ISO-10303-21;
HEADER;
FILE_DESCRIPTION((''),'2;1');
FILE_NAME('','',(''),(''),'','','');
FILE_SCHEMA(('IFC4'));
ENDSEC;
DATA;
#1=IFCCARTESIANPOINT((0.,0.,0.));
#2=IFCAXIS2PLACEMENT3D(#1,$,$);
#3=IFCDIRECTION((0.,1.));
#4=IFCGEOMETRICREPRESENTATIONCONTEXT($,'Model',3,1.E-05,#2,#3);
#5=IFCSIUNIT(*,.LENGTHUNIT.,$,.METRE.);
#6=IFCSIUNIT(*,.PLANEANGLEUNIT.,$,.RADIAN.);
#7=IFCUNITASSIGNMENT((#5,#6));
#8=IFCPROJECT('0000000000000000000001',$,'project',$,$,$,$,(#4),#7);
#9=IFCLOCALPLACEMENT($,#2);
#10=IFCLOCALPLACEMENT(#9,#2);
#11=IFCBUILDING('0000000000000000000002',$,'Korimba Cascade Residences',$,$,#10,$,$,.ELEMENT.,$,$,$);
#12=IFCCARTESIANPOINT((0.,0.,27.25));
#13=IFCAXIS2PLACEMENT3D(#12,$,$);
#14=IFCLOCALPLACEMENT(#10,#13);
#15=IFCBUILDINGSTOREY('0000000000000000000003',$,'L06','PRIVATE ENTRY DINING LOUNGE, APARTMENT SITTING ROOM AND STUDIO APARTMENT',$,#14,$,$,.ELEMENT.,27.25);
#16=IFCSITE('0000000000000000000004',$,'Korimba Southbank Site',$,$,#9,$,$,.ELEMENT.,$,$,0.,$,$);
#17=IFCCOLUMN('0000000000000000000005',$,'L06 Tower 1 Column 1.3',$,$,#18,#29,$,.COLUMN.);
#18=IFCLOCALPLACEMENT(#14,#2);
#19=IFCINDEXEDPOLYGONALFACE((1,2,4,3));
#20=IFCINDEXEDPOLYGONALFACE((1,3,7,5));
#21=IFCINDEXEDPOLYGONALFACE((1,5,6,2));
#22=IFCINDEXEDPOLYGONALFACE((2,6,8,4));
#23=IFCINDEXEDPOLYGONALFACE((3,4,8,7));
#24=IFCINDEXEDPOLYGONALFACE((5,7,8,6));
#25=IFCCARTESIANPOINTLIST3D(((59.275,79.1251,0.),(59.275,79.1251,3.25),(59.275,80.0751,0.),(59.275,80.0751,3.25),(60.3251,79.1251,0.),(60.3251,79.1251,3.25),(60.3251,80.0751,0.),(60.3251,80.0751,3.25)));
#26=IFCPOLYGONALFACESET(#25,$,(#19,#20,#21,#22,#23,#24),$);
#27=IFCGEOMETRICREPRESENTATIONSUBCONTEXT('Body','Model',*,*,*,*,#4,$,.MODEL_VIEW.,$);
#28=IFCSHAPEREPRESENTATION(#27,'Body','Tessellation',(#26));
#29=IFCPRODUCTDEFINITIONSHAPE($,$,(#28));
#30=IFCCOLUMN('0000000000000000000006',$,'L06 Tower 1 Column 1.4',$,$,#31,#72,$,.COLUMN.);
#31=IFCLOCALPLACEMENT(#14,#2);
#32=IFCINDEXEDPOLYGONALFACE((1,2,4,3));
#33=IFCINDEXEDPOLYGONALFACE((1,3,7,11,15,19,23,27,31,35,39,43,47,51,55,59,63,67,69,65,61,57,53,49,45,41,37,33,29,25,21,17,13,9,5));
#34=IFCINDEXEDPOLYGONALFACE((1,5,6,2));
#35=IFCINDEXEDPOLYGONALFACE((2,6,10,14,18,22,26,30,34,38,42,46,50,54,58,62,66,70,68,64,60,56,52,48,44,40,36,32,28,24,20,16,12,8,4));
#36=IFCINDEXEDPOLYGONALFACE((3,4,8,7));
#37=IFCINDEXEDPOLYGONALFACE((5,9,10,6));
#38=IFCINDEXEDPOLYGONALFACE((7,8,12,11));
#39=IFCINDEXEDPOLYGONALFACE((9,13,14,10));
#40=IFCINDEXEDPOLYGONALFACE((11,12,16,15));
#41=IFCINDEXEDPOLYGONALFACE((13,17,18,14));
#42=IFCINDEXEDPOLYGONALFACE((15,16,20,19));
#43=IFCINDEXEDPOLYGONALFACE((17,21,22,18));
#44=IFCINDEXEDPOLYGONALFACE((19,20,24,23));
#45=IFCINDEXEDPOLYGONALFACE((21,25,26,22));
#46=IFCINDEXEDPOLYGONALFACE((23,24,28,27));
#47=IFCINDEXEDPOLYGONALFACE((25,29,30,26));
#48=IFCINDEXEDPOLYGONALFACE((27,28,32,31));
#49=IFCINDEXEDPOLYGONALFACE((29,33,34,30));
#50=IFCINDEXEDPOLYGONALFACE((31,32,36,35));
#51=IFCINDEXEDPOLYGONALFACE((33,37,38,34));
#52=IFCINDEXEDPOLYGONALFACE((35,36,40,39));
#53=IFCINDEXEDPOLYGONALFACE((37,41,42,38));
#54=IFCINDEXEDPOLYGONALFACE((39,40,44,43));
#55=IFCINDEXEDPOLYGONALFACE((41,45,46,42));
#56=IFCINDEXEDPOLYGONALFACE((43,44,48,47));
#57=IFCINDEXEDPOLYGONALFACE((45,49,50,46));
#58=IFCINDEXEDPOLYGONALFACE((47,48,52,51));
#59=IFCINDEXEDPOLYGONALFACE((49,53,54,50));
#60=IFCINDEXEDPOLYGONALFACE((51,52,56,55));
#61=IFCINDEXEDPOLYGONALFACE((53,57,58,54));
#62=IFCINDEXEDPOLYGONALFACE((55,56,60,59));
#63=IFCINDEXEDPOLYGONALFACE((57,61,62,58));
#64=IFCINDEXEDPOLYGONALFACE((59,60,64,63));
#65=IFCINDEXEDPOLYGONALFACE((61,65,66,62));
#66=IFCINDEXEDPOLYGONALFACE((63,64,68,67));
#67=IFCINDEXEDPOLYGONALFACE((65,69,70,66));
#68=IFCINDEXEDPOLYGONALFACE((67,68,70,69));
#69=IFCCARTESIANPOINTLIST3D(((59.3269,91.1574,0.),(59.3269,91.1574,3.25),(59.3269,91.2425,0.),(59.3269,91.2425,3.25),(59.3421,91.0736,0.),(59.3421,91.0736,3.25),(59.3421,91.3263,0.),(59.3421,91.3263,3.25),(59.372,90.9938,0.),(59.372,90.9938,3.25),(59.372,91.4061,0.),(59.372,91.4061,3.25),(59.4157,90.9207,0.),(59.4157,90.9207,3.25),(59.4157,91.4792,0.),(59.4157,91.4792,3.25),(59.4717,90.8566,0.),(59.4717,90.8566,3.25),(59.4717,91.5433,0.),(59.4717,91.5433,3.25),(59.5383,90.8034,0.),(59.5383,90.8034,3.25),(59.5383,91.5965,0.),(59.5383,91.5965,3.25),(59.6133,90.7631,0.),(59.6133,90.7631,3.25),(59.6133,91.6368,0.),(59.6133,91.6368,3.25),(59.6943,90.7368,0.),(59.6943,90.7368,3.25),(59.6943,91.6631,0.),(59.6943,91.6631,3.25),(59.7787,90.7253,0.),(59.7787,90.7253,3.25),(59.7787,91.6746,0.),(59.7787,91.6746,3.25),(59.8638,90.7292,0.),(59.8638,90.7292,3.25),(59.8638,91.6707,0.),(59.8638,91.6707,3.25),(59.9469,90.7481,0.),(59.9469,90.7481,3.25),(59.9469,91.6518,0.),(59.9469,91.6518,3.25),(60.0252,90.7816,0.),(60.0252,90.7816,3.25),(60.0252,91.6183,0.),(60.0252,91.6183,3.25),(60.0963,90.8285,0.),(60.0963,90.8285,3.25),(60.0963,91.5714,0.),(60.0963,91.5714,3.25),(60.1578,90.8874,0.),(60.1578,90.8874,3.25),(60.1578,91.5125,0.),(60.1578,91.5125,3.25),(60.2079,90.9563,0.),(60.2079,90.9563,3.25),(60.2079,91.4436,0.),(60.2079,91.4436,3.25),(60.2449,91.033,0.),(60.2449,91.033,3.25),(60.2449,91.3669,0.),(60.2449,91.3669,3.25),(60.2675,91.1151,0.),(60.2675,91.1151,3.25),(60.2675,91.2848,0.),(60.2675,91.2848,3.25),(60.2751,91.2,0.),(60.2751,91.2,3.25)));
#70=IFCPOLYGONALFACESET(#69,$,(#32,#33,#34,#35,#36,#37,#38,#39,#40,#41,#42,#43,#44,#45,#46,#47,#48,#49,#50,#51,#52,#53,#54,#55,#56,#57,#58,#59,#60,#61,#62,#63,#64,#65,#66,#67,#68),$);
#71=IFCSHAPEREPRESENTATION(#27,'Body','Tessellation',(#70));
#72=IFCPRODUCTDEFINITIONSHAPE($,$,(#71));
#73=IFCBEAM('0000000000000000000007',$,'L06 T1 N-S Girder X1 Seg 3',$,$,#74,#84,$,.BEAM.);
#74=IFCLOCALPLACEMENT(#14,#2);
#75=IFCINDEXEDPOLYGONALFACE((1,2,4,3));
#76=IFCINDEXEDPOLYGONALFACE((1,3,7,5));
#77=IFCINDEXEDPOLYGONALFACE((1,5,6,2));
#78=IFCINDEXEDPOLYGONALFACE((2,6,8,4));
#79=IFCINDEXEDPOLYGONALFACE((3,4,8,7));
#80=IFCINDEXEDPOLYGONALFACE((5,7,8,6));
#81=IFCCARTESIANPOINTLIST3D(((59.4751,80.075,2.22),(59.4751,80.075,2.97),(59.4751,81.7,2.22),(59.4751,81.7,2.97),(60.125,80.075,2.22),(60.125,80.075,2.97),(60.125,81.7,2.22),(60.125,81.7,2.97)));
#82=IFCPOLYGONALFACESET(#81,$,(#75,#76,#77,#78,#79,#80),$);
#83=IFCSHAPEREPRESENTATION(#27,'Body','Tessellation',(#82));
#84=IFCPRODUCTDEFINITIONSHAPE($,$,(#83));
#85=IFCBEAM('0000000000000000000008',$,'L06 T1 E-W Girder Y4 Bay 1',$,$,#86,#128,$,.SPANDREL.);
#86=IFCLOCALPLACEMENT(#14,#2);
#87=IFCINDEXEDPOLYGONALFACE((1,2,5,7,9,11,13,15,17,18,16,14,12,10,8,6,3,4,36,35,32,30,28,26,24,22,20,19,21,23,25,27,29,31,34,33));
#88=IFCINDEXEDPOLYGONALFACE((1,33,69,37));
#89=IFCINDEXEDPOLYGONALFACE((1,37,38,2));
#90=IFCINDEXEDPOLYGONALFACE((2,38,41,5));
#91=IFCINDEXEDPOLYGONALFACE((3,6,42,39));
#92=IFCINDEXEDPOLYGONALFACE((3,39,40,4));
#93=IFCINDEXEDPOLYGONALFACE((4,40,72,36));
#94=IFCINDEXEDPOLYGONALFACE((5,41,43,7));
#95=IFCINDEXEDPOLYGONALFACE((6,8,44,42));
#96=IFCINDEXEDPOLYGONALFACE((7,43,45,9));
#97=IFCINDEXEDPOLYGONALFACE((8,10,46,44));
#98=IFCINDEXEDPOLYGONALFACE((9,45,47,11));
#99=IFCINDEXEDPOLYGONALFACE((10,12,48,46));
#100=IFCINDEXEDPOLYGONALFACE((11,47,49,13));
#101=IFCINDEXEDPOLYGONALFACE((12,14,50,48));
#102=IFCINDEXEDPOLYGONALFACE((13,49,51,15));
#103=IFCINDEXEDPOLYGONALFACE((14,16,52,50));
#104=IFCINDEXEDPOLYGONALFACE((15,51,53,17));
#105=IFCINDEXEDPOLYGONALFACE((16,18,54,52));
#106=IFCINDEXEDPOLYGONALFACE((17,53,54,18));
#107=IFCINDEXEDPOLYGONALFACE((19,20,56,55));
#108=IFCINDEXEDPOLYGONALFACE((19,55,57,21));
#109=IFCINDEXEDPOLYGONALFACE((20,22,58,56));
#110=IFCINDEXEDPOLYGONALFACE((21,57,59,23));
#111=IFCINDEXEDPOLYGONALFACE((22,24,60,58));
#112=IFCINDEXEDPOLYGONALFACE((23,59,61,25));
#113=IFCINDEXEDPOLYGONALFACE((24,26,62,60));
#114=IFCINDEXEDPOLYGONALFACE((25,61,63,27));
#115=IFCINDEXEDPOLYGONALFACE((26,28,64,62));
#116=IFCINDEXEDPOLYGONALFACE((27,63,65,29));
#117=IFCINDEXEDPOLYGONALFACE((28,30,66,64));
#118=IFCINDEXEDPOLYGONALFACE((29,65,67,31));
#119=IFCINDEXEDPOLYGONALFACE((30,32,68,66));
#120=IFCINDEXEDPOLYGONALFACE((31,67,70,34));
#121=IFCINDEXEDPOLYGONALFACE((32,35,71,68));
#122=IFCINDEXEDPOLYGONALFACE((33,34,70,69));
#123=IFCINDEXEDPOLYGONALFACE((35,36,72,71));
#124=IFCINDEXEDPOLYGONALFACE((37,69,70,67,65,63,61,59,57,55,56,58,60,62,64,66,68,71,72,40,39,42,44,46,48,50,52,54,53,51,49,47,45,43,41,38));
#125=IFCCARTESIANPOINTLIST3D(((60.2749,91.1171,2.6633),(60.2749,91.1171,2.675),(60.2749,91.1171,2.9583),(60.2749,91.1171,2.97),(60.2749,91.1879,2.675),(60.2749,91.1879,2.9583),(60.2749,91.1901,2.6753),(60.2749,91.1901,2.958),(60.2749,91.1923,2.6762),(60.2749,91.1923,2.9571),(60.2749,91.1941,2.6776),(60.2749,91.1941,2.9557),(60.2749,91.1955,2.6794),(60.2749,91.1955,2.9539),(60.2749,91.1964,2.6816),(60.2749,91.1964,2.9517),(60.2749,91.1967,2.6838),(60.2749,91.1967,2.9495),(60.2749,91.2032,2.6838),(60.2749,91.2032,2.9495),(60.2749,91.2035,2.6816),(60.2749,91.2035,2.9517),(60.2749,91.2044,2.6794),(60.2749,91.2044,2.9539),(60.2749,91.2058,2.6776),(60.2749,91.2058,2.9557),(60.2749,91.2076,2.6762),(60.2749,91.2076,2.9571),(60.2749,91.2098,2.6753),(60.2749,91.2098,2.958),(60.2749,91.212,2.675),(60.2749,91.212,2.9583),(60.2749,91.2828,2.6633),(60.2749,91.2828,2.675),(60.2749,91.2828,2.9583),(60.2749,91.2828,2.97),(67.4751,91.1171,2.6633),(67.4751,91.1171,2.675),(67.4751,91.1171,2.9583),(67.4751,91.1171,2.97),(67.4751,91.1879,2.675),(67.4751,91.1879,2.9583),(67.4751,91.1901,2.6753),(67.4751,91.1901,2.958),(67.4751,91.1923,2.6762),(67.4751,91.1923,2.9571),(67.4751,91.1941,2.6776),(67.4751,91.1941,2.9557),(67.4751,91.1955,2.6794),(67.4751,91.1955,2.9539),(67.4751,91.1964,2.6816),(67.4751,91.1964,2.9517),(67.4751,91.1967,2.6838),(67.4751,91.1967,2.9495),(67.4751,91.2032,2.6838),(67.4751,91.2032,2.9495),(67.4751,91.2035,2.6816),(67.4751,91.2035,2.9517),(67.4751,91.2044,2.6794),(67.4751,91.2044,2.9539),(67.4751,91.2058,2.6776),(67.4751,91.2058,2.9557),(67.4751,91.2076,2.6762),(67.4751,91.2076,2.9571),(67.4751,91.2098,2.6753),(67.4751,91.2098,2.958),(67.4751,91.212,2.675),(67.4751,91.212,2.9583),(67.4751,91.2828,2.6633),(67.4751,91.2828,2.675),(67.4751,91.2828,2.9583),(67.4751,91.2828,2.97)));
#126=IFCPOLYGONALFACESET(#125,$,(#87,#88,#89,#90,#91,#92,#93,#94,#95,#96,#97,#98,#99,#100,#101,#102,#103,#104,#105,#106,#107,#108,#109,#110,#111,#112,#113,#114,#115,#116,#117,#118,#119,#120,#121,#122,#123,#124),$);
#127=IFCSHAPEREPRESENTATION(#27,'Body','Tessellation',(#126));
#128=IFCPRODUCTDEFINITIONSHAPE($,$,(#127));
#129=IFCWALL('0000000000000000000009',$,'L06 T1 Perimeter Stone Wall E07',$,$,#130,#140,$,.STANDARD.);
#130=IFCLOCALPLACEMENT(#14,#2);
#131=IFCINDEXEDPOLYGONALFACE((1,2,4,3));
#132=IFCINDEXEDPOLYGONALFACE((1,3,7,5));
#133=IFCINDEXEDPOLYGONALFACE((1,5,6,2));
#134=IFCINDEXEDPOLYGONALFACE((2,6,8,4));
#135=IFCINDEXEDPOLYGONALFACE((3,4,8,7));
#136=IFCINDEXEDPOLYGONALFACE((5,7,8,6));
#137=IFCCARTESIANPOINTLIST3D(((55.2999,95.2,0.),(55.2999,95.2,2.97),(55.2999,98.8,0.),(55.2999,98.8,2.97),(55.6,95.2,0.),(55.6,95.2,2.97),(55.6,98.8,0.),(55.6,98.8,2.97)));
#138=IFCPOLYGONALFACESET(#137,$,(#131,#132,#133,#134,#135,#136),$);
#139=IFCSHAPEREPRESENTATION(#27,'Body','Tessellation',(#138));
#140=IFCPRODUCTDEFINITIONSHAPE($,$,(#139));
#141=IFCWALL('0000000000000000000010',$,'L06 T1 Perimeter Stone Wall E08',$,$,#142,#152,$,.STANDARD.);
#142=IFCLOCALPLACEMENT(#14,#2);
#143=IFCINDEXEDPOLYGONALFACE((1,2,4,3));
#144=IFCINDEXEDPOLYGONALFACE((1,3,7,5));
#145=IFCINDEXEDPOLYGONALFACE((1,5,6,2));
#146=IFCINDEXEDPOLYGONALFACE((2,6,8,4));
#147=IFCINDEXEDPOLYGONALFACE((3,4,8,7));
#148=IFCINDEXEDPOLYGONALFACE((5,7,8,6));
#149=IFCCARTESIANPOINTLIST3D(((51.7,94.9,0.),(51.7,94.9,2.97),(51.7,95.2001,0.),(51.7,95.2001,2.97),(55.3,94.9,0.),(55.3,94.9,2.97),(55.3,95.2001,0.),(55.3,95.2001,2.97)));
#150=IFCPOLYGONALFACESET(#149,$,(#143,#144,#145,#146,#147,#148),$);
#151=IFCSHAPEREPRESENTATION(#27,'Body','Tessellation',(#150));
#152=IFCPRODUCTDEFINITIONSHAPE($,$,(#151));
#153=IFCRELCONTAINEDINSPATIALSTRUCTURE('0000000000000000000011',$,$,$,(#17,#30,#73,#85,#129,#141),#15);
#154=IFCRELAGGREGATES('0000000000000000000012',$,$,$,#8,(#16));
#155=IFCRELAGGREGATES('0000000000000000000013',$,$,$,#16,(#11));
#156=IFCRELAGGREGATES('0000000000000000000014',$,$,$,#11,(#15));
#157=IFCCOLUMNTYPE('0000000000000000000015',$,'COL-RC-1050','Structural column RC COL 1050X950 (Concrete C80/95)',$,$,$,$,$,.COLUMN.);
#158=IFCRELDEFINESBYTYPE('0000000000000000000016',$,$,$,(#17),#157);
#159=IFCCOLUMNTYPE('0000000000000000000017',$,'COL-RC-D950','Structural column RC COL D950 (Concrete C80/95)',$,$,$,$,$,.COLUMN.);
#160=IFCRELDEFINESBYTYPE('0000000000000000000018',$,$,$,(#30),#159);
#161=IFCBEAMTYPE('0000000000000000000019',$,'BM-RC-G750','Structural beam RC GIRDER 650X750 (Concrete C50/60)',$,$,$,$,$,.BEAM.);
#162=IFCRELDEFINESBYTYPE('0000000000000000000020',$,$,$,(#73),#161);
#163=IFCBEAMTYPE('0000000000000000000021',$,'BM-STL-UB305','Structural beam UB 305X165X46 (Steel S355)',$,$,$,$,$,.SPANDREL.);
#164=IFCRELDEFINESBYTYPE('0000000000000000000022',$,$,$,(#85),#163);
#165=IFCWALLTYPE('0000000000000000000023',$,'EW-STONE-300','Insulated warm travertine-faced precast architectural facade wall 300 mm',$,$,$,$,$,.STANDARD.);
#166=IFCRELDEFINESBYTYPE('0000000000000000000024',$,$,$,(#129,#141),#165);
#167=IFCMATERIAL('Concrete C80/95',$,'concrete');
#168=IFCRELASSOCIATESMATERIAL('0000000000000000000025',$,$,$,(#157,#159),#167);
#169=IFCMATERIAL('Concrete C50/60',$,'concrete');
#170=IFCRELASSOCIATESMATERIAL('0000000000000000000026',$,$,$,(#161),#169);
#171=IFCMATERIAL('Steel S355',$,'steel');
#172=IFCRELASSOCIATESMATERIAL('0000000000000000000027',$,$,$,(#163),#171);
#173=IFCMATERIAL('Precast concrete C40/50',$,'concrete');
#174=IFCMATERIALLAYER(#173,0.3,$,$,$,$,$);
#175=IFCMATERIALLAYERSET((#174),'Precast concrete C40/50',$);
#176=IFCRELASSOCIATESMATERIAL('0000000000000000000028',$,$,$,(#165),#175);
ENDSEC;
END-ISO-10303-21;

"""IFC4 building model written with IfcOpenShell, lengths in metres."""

from ifc_helpers import new_model, si_unit, direction, frame, frame_2d, origin, origin_2d, place, context, subcontext, project, spatial, rectangle, circle, i_section, extrude, material, layer, layer_set, material_profile, profile_set, type_object, element, save


model = new_model("IFC4")

# Units and contexts
model_context = context("Model", 3, precision=1e-05, world=origin(), true_north=direction((0.0, 1.0)))
body_context = subcontext(model_context, "Body", "Model", "MODEL_VIEW")
ifc_project = project(units=[si_unit("LENGTHUNIT", "METRE"), si_unit("PLANEANGLEUNIT", "RADIAN")], contexts=[model_context])

# Site, building, storey
site_placement = place(None, origin())
site = spatial("IfcSite", under=ifc_project, at=site_placement, Name="Korimba Southbank Site", CompositionType="ELEMENT", RefElevation=0.0)
building_placement = place(site_placement, origin())
building = spatial("IfcBuilding", under=site, at=building_placement, Name="Korimba Cascade Residences", CompositionType="ELEMENT")
storey_placement = place(building_placement, frame((0.0, 0.0, 27.25)))
storey = spatial("IfcBuildingStorey", under=building, at=storey_placement, Name="L06", Description="PRIVATE ENTRY DINING LOUNGE, APARTMENT SITTING ROOM AND STUDIO APARTMENT", CompositionType="ELEMENT", Elevation=27.25)

# Columns
ifc_material_1 = material(Name="Concrete C80/95", Category="concrete")
ifc_material_profile_1 = material_profile(ifc_material_1, rectangle(XDim=1.05, YDim=0.95, at=origin_2d()), Name="Concrete C80/95")
ifc_profile_set_1 = profile_set([ifc_material_profile_1], Name="Concrete C80/95")
column_type_1 = type_object("IfcColumnType", Name="COL-RC-1050", Description="Structural column RC COL 1050X950 (Concrete C80/95)", PredefinedType="COLUMN", material=ifc_profile_set_1)
column_1_placement = place(storey_placement, frame((59.8, 79.6001, 0.0), z_axis=(0.0, 0.0, 1.0), x_axis=(1.0, 0.0, 0.0)))
element("IfcColumn", 1, at=column_1_placement, inside=storey, type_object=column_type_1, Name="L06 Tower 1 Column 1.3", PredefinedType="COLUMN", context=body_context, shape_type="SweptSolid", body=[
    extrude(rectangle(XDim=1.05, YDim=0.95, at=origin_2d()), origin(), (0.0, 0.0, 1.0), 3.25),
])
ifc_material_profile_2 = material_profile(ifc_material_1, circle(Radius=0.4751, at=origin_2d()), Name="Concrete C80/95")
ifc_profile_set_2 = profile_set([ifc_material_profile_2], Name="Concrete C80/95")
column_type_2 = type_object("IfcColumnType", Name="COL-RC-D950", Description="Structural column RC COL D950 (Concrete C80/95)", PredefinedType="COLUMN", material=ifc_profile_set_2)
column_2_placement = place(storey_placement, frame((59.8, 91.2, 0.0), z_axis=(0.0, 0.0, 1.0), x_axis=(1.0, 0.0, 0.0)))
element("IfcColumn", 2, at=column_2_placement, inside=storey, type_object=column_type_2, Name="L06 Tower 1 Column 1.4", PredefinedType="COLUMN", context=body_context, shape_type="SweptSolid", body=[
    extrude(circle(Radius=0.4751, at=origin_2d()), origin(), (0.0, 0.0, 1.0), 3.25),
])

# Beams
ifc_material_2 = material(Name="Concrete C50/60", Category="concrete")
ifc_material_profile_3 = material_profile(ifc_material_2, rectangle(XDim=0.6499, YDim=0.75, at=origin_2d()), Name="Concrete C50/60")
ifc_profile_set_3 = profile_set([ifc_material_profile_3], Name="Concrete C50/60")
beam_type_1 = type_object("IfcBeamType", Name="BM-RC-G750", Description="Structural beam RC GIRDER 650X750 (Concrete C50/60)", PredefinedType="BEAM", material=ifc_profile_set_3)
beam_1_placement = place(storey_placement, frame((59.8, 80.075, 2.595), z_axis=(0.0, 1.0, 0.0), x_axis=(-1.0, 0.0, 0.0)))
element("IfcBeam", 3, at=beam_1_placement, inside=storey, type_object=beam_type_1, Name="L06 T1 N-S Girder X1 Seg 3", PredefinedType="BEAM", context=body_context, shape_type="SweptSolid", body=[
    extrude(rectangle(XDim=0.6499, YDim=0.75, at=origin_2d()), origin(), (0.0, 0.0, 1.0), 1.625),
])
ifc_material_3 = material(Name="Steel S355", Category="steel")
ifc_material_profile_4 = material_profile(ifc_material_3, i_section(OverallWidth=0.1658, OverallDepth=0.3066, WebThickness=0.0066, FlangeThickness=0.0117, FilletRadius=0.0088, at=origin_2d()), Name="Steel S355")
ifc_profile_set_4 = profile_set([ifc_material_profile_4], Name="Steel S355")
beam_type_2 = type_object("IfcBeamType", Name="BM-STL-UB305", Description="Structural beam UB 305X165X46 (Steel S355)", PredefinedType="SPANDREL", material=ifc_profile_set_4)
beam_2_placement = place(storey_placement, frame((60.2749, 91.2, 2.8167), z_axis=(1.0, 0.0, 0.0), x_axis=(0.0, 1.0, 0.0)))
element("IfcBeam", 4, at=beam_2_placement, inside=storey, type_object=beam_type_2, Name="L06 T1 E-W Girder Y4 Bay 1", PredefinedType="SPANDREL", context=body_context, shape_type="SweptSolid", body=[
    extrude(i_section(OverallWidth=0.1658, OverallDepth=0.3066, WebThickness=0.0066, FlangeThickness=0.0117, FilletRadius=0.0088, at=origin_2d()), origin(), (0.0, 0.0, 1.0), 7.2002),
])

# Walls
ifc_material_4 = material(Name="Precast concrete C40/50", Category="concrete")
ifc_layer_1 = layer(ifc_material_4, 0.3)
ifc_layer_set_1 = layer_set([ifc_layer_1], Name="Precast concrete C40/50")
wall_type_1 = type_object("IfcWallType", Name="EW-STONE-300", Description="Insulated warm travertine-faced precast architectural facade wall 300 mm", PredefinedType="STANDARD", material=ifc_layer_set_1)
for number, where, z_axis, x_axis, name in (
    (5, (55.45, 98.8, 0.0), (0.0, 0.0, 1.0), (0.0, -1.0, 0.0), "L06 T1 Perimeter Stone Wall E07"),
    (6, (55.3, 95.05, 0.0), (0.0, 0.0, 1.0), (-1.0, 0.0, 0.0), "L06 T1 Perimeter Stone Wall E08"),
):
    element("IfcWall", number, at=place(storey_placement, frame(where, z_axis=z_axis, x_axis=x_axis)), inside=storey, type_object=wall_type_1, Name=name, PredefinedType="STANDARD", context=body_context, shape_type="SweptSolid", body=[
        extrude(rectangle(XDim=3.6001, YDim=0.3, at=frame_2d((1.8, 0.0))), origin(), (0.0, 0.0, 1.0), 2.97),
    ])

save(model, "model.ifc")
